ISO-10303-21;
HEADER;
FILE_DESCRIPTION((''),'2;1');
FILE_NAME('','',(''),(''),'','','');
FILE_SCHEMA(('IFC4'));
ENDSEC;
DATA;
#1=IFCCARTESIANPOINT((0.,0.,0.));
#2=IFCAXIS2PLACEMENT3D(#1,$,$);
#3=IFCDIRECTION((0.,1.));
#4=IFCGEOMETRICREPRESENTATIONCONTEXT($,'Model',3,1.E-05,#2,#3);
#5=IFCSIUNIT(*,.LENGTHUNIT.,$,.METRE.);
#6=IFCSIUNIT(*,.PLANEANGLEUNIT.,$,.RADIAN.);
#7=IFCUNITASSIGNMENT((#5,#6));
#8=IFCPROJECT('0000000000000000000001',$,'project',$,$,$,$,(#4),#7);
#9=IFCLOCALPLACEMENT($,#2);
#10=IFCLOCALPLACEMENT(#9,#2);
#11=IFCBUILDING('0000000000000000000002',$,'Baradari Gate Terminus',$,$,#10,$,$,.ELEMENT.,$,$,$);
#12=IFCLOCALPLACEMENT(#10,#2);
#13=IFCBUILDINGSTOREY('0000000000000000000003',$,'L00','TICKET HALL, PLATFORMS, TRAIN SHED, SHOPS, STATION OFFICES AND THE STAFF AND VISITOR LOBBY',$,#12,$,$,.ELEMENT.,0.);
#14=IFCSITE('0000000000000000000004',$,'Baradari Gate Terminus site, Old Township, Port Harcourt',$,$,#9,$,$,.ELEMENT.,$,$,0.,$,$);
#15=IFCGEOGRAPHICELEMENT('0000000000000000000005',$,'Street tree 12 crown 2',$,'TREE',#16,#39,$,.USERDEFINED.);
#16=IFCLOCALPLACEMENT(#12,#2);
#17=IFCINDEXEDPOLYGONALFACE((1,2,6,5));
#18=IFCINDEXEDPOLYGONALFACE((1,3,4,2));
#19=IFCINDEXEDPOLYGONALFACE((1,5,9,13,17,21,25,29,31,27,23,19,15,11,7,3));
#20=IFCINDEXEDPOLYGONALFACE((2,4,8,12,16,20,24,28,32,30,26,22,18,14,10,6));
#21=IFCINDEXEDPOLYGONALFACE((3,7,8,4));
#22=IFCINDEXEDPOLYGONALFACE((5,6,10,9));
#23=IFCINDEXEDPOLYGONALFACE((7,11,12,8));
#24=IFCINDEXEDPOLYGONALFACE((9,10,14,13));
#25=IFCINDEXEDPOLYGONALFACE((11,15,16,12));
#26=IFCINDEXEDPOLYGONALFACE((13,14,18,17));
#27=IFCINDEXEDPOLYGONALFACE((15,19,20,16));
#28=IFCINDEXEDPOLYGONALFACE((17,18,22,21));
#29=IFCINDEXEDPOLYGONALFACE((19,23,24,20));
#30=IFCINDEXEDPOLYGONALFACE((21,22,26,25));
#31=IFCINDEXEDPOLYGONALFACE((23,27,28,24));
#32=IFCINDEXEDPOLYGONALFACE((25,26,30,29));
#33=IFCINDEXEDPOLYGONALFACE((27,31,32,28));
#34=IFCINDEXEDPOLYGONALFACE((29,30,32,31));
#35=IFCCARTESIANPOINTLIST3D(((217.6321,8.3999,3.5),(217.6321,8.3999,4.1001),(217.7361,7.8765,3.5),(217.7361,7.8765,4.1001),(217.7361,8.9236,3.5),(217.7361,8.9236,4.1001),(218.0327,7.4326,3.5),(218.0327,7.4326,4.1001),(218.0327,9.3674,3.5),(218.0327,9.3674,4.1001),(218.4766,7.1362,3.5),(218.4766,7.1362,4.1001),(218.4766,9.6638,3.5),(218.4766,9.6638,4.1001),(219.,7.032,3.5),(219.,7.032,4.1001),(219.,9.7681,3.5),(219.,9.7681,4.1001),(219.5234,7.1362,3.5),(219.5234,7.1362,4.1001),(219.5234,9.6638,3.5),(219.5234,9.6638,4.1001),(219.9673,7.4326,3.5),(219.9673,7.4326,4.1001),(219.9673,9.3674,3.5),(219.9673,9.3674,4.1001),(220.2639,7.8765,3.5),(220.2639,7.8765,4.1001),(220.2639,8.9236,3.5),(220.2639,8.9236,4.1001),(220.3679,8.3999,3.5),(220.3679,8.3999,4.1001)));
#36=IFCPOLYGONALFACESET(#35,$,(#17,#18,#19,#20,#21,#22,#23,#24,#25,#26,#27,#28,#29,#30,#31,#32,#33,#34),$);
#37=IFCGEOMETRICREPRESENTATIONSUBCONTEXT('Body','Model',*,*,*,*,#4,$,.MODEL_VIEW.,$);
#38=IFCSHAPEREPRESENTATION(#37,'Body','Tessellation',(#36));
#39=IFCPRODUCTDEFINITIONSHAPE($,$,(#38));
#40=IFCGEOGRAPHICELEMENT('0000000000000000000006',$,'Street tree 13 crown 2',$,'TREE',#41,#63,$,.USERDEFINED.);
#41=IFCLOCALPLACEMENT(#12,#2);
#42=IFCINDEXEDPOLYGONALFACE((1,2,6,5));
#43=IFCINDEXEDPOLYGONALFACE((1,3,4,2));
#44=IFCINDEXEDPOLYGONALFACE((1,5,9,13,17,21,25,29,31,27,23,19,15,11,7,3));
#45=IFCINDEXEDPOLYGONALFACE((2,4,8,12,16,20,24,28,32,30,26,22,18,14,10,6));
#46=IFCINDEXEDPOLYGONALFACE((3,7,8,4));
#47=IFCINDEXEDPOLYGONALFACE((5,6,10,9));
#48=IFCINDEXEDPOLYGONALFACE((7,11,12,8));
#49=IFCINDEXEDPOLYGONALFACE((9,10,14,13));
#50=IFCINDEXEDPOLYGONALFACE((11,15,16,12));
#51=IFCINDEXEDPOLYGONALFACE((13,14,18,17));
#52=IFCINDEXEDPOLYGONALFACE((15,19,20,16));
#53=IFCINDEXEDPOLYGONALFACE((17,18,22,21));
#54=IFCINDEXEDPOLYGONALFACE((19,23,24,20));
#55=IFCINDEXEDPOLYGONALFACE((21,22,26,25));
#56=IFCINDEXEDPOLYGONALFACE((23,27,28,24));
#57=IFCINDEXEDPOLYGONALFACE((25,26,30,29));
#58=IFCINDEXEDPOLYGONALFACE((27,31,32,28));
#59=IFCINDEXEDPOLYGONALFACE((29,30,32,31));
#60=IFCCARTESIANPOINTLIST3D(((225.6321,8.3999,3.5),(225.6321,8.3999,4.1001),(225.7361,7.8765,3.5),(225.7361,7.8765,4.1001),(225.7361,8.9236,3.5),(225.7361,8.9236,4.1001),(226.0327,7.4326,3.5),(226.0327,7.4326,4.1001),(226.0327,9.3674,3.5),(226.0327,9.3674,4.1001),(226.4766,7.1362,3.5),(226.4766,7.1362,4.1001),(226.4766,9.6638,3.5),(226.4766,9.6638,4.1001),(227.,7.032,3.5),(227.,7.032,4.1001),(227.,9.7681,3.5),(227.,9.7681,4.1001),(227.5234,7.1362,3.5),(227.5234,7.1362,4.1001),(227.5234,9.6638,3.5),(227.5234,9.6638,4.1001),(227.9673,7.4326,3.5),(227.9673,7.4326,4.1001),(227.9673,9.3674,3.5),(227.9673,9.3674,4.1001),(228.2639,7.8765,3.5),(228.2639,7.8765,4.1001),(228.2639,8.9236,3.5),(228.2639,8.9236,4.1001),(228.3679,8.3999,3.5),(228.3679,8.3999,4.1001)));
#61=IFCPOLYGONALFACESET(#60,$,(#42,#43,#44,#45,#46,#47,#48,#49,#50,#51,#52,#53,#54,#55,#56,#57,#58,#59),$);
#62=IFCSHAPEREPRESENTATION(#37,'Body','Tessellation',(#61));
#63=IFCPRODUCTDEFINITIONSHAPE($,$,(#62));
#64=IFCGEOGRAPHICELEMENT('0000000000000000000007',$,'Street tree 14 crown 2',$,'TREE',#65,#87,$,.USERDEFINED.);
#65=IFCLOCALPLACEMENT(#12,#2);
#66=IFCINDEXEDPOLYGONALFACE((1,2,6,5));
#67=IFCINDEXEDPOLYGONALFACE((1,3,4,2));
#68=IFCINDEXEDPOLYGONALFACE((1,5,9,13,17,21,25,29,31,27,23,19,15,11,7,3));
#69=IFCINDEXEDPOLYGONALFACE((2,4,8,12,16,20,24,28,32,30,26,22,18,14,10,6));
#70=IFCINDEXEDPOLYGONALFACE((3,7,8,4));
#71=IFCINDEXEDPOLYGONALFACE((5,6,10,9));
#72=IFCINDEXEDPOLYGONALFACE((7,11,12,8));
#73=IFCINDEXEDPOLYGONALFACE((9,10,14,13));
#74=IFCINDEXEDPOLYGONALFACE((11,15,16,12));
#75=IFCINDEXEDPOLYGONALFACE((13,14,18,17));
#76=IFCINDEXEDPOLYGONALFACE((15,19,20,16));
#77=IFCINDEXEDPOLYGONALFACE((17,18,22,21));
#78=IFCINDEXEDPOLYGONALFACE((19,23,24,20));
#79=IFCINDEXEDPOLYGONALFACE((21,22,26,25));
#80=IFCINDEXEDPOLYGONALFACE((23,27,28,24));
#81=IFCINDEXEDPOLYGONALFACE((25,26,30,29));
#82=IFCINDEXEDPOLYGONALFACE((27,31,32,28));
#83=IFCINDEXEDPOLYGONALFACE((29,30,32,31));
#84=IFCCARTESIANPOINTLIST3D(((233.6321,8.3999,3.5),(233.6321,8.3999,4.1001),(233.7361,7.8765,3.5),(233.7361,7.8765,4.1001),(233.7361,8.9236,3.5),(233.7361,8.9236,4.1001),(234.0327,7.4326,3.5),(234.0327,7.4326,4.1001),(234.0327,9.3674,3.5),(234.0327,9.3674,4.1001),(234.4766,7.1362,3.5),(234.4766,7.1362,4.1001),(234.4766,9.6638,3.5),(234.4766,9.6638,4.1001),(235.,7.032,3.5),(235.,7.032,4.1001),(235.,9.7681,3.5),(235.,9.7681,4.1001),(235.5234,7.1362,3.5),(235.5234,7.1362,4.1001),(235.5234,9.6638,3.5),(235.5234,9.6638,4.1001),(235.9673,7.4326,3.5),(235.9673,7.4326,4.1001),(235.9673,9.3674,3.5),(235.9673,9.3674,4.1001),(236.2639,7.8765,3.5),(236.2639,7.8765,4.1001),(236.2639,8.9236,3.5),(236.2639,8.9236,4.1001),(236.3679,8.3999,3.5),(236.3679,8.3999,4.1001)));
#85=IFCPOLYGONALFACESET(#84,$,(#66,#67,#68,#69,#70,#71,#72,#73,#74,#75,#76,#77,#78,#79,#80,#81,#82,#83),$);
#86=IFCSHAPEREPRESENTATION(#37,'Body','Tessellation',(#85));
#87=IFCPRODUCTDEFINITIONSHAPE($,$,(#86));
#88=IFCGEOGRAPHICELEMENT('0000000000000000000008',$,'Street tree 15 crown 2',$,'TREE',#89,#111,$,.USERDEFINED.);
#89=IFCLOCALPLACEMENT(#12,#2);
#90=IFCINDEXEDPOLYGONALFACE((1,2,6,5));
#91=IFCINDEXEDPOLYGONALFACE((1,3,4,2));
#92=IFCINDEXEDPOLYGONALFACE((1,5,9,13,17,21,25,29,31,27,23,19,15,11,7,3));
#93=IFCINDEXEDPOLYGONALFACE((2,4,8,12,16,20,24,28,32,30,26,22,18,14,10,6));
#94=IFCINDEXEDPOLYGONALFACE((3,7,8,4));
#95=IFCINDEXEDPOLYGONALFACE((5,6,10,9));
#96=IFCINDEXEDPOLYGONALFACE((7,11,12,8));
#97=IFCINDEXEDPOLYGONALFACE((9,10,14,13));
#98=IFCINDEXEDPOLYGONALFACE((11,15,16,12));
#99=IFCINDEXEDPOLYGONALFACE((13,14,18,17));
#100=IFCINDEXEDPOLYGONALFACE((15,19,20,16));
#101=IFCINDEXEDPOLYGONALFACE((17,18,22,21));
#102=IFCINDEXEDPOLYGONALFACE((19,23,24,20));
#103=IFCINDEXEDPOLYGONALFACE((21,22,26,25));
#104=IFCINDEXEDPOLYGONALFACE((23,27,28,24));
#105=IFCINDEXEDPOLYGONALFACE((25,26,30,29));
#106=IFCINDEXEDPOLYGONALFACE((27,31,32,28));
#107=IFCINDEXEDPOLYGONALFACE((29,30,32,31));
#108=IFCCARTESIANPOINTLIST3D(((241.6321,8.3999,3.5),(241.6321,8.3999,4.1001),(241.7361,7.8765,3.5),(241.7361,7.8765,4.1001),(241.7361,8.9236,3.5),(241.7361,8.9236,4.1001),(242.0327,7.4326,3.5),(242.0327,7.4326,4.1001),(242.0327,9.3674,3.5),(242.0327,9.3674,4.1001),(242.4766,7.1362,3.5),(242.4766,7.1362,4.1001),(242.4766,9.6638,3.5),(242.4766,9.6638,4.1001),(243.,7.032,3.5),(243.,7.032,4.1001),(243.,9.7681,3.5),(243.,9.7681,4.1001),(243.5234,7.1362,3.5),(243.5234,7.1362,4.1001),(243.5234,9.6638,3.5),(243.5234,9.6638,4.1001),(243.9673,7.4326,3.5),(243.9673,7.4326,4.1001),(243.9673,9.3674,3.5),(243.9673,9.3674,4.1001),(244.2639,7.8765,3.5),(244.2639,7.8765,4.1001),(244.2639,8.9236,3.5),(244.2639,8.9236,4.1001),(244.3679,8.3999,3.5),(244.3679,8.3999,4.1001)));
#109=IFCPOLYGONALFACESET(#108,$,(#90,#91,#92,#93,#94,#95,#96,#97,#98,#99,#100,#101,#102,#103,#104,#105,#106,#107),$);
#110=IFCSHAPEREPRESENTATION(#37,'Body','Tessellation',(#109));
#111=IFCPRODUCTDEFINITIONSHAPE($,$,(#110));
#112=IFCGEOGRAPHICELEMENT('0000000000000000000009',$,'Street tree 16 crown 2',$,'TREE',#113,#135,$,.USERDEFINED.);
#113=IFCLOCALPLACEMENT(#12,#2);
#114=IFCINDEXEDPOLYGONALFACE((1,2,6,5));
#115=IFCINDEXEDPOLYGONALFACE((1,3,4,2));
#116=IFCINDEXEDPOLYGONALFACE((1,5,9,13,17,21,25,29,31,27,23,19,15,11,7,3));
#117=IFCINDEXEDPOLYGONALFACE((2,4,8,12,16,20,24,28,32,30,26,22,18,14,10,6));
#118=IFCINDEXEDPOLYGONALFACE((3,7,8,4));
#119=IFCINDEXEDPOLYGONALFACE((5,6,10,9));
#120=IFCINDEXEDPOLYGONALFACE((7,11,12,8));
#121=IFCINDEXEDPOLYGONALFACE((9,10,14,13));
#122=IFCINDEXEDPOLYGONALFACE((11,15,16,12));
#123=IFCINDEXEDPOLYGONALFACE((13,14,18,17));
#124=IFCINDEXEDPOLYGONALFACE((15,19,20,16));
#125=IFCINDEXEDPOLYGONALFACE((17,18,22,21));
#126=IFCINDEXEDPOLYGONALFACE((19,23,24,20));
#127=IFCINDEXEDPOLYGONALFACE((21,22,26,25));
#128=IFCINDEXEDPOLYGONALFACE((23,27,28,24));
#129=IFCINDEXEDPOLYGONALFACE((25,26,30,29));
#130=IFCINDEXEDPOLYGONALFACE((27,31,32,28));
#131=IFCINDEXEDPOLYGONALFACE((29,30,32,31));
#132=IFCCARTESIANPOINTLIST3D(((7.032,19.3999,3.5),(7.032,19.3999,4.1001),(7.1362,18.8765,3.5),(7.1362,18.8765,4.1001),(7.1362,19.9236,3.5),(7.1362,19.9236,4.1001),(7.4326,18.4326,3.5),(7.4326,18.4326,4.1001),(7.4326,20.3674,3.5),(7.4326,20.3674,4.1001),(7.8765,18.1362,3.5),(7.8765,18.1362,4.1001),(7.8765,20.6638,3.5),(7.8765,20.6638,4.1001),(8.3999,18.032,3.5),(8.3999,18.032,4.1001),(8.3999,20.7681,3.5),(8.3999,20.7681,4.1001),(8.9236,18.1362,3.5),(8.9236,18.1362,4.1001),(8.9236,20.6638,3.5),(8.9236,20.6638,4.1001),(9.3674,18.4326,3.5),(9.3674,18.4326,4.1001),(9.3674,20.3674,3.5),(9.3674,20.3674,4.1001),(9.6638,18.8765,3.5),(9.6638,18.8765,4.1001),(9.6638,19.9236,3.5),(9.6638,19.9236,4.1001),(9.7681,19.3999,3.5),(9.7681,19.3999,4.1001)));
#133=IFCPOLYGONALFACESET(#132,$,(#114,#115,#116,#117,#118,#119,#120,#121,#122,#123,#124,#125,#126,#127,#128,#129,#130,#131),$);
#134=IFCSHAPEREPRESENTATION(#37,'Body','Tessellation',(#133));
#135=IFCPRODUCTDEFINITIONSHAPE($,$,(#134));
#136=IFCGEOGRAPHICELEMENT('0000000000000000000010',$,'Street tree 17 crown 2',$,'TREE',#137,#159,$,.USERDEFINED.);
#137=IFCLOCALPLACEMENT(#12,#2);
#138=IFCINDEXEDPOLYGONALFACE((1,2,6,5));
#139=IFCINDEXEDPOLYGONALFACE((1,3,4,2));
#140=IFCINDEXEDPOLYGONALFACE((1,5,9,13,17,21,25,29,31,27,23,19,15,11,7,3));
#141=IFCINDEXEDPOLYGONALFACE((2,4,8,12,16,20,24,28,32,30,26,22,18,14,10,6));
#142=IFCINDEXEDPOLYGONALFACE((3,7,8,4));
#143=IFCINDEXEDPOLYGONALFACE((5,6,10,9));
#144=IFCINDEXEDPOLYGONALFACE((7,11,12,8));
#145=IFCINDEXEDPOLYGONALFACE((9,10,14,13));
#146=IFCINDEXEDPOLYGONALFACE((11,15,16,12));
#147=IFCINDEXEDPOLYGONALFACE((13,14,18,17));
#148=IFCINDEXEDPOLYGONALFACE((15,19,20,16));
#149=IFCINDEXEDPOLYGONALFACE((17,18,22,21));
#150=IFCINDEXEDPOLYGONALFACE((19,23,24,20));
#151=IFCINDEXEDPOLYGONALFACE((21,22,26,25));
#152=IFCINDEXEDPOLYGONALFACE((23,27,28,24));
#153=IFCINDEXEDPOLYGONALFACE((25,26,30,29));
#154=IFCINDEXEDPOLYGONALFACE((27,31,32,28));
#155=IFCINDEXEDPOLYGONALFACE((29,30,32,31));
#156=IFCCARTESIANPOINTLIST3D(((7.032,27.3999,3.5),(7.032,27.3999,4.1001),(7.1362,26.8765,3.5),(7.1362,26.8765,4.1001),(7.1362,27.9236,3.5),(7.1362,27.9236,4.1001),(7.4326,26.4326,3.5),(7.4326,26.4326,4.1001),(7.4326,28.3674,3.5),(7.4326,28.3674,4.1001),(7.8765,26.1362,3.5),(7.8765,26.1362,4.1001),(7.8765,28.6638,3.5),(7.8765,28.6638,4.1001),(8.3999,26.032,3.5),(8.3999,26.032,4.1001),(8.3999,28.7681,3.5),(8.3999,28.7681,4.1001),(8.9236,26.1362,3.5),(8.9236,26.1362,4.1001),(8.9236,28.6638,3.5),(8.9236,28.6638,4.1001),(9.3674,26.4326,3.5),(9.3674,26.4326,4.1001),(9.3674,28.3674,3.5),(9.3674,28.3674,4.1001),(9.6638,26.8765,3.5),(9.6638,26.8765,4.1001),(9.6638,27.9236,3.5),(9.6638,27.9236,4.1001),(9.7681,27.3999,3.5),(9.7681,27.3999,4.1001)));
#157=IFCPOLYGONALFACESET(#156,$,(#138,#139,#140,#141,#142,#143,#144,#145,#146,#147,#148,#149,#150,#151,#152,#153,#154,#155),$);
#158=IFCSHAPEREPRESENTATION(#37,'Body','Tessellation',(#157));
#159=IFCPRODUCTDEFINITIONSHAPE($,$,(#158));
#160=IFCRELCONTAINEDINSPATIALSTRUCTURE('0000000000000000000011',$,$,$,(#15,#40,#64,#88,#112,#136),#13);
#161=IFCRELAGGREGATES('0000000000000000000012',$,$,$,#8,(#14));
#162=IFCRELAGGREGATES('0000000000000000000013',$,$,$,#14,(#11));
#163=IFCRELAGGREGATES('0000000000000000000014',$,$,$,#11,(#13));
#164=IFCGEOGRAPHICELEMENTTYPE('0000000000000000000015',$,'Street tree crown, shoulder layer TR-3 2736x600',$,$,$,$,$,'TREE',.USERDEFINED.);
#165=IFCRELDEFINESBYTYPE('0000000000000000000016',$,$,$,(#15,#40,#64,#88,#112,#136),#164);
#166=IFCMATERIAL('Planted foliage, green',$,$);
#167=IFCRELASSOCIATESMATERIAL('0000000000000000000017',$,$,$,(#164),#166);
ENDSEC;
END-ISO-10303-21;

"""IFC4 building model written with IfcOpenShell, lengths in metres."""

from ifc_helpers import new_model, si_unit, direction, frame, origin, place, context, subcontext, project, spatial, polyline, outline, extrude, material, type_object, element, save


model = new_model("IFC4")

# Units and contexts
model_context = context("Model", 3, precision=1e-05, world=origin(), true_north=direction((0.0, 1.0)))
body_context = subcontext(model_context, "Body", "Model", "MODEL_VIEW")
ifc_project = project(units=[si_unit("LENGTHUNIT", "METRE"), si_unit("PLANEANGLEUNIT", "RADIAN")], contexts=[model_context])

# Site, building, storey
site_placement = place(None, origin())
site = spatial("IfcSite", under=ifc_project, at=site_placement, Name="Baradari Gate Terminus site, Old Township, Port Harcourt", CompositionType="ELEMENT", RefElevation=0.0)
building_placement = place(site_placement, origin())
building = spatial("IfcBuilding", under=site, at=building_placement, Name="Baradari Gate Terminus", CompositionType="ELEMENT")
storey_placement = place(building_placement, origin())
storey = spatial("IfcBuildingStorey", under=building, at=storey_placement, Name="L00", Description="TICKET HALL, PLATFORMS, TRAIN SHED, SHOPS, STATION OFFICES AND THE STAFF AND VISITOR LOBBY", CompositionType="ELEMENT", Elevation=0.0)

# Geographic elements
ifc_material_1 = material(Name="Planted foliage, green")
geographic_element_type_1 = type_object("IfcGeographicElementType", Name="Street tree crown, shoulder layer TR-3 2736x600", ElementType="TREE", PredefinedType="USERDEFINED", material=ifc_material_1)
geographic_element_1_placement = place(storey_placement, frame((0.0, 0.0, 3.5)))
element("IfcGeographicElement", 1, at=geographic_element_1_placement, inside=storey, type_object=geographic_element_type_1, Name="Street tree 12 crown 2", ObjectType="TREE", PredefinedType="USERDEFINED", context=body_context, shape_type="SweptSolid", body=[
    extrude(outline(polyline([(220.3679, 8.3999), (220.2639, 8.9236), (219.9673, 9.3674), (219.5234, 9.6638), (219.0, 9.7681), (218.4766, 9.6638), (218.0327, 9.3674), (217.7361, 8.9236), (217.6321, 8.3999), (217.7361, 7.8765), (218.0327, 7.4326), (218.4766, 7.1362), (219.0, 7.032), (219.5234, 7.1362), (219.9673, 7.4326), (220.2639, 7.8765), (220.3679, 8.3999)])), origin(), (0.0, 0.0, 1.0), 0.6001),
])
geographic_element_2_placement = place(storey_placement, frame((0.0, 0.0, 3.5)))
element("IfcGeographicElement", 2, at=geographic_element_2_placement, inside=storey, type_object=geographic_element_type_1, Name="Street tree 13 crown 2", ObjectType="TREE", PredefinedType="USERDEFINED", context=body_context, shape_type="SweptSolid", body=[
    extrude(outline(polyline([(228.3679, 8.3999), (228.2639, 8.9236), (227.9673, 9.3674), (227.5234, 9.6638), (227.0, 9.7681), (226.4766, 9.6638), (226.0327, 9.3674), (225.7361, 8.9236), (225.6321, 8.3999), (225.7361, 7.8765), (226.0327, 7.4326), (226.4766, 7.1362), (227.0, 7.032), (227.5234, 7.1362), (227.9673, 7.4326), (228.2639, 7.8765), (228.3679, 8.3999)])), origin(), (0.0, 0.0, 1.0), 0.6001),
])
geographic_element_3_placement = place(storey_placement, frame((0.0, 0.0, 3.5)))
element("IfcGeographicElement", 3, at=geographic_element_3_placement, inside=storey, type_object=geographic_element_type_1, Name="Street tree 14 crown 2", ObjectType="TREE", PredefinedType="USERDEFINED", context=body_context, shape_type="SweptSolid", body=[
    extrude(outline(polyline([(236.3679, 8.3999), (236.2639, 8.9236), (235.9673, 9.3674), (235.5234, 9.6638), (235.0, 9.7681), (234.4766, 9.6638), (234.0327, 9.3674), (233.7361, 8.9236), (233.6321, 8.3999), (233.7361, 7.8765), (234.0327, 7.4326), (234.4766, 7.1362), (235.0, 7.032), (235.5234, 7.1362), (235.9673, 7.4326), (236.2639, 7.8765), (236.3679, 8.3999)])), origin(), (0.0, 0.0, 1.0), 0.6001),
])
geographic_element_4_placement = place(storey_placement, frame((0.0, 0.0, 3.5)))
element("IfcGeographicElement", 4, at=geographic_element_4_placement, inside=storey, type_object=geographic_element_type_1, Name="Street tree 15 crown 2", ObjectType="TREE", PredefinedType="USERDEFINED", context=body_context, shape_type="SweptSolid", body=[
    extrude(outline(polyline([(244.3679, 8.3999), (244.2639, 8.9236), (243.9673, 9.3674), (243.5234, 9.6638), (243.0, 9.7681), (242.4766, 9.6638), (242.0327, 9.3674), (241.7361, 8.9236), (241.6321, 8.3999), (241.7361, 7.8765), (242.0327, 7.4326), (242.4766, 7.1362), (243.0, 7.032), (243.5234, 7.1362), (243.9673, 7.4326), (244.2639, 7.8765), (244.3679, 8.3999)])), origin(), (0.0, 0.0, 1.0), 0.6001),
])
geographic_element_5_placement = place(storey_placement, frame((0.0, 0.0, 3.5)))
element("IfcGeographicElement", 5, at=geographic_element_5_placement, inside=storey, type_object=geographic_element_type_1, Name="Street tree 16 crown 2", ObjectType="TREE", PredefinedType="USERDEFINED", context=body_context, shape_type="SweptSolid", body=[
    extrude(outline(polyline([(9.7681, 19.3999), (9.6638, 19.9236), (9.3674, 20.3674), (8.9236, 20.6638), (8.3999, 20.7681), (7.8765, 20.6638), (7.4326, 20.3674), (7.1362, 19.9236), (7.032, 19.3999), (7.1362, 18.8765), (7.4326, 18.4326), (7.8765, 18.1362), (8.3999, 18.032), (8.9236, 18.1362), (9.3674, 18.4326), (9.6638, 18.8765), (9.7681, 19.3999)])), origin(), (0.0, 0.0, 1.0), 0.6001),
])
geographic_element_6_placement = place(storey_placement, frame((0.0, 0.0, 3.5)))
element("IfcGeographicElement", 6, at=geographic_element_6_placement, inside=storey, type_object=geographic_element_type_1, Name="Street tree 17 crown 2", ObjectType="TREE", PredefinedType="USERDEFINED", context=body_context, shape_type="SweptSolid", body=[
    extrude(outline(polyline([(9.7681, 27.3999), (9.6638, 27.9236), (9.3674, 28.3674), (8.9236, 28.6638), (8.3999, 28.7681), (7.8765, 28.6638), (7.4326, 28.3674), (7.1362, 27.9236), (7.032, 27.3999), (7.1362, 26.8765), (7.4326, 26.4326), (7.8765, 26.1362), (8.3999, 26.032), (8.9236, 26.1362), (9.3674, 26.4326), (9.6638, 26.8765), (9.7681, 27.3999)])), origin(), (0.0, 0.0, 1.0), 0.6001),
])

save(model, "model.ifc")
